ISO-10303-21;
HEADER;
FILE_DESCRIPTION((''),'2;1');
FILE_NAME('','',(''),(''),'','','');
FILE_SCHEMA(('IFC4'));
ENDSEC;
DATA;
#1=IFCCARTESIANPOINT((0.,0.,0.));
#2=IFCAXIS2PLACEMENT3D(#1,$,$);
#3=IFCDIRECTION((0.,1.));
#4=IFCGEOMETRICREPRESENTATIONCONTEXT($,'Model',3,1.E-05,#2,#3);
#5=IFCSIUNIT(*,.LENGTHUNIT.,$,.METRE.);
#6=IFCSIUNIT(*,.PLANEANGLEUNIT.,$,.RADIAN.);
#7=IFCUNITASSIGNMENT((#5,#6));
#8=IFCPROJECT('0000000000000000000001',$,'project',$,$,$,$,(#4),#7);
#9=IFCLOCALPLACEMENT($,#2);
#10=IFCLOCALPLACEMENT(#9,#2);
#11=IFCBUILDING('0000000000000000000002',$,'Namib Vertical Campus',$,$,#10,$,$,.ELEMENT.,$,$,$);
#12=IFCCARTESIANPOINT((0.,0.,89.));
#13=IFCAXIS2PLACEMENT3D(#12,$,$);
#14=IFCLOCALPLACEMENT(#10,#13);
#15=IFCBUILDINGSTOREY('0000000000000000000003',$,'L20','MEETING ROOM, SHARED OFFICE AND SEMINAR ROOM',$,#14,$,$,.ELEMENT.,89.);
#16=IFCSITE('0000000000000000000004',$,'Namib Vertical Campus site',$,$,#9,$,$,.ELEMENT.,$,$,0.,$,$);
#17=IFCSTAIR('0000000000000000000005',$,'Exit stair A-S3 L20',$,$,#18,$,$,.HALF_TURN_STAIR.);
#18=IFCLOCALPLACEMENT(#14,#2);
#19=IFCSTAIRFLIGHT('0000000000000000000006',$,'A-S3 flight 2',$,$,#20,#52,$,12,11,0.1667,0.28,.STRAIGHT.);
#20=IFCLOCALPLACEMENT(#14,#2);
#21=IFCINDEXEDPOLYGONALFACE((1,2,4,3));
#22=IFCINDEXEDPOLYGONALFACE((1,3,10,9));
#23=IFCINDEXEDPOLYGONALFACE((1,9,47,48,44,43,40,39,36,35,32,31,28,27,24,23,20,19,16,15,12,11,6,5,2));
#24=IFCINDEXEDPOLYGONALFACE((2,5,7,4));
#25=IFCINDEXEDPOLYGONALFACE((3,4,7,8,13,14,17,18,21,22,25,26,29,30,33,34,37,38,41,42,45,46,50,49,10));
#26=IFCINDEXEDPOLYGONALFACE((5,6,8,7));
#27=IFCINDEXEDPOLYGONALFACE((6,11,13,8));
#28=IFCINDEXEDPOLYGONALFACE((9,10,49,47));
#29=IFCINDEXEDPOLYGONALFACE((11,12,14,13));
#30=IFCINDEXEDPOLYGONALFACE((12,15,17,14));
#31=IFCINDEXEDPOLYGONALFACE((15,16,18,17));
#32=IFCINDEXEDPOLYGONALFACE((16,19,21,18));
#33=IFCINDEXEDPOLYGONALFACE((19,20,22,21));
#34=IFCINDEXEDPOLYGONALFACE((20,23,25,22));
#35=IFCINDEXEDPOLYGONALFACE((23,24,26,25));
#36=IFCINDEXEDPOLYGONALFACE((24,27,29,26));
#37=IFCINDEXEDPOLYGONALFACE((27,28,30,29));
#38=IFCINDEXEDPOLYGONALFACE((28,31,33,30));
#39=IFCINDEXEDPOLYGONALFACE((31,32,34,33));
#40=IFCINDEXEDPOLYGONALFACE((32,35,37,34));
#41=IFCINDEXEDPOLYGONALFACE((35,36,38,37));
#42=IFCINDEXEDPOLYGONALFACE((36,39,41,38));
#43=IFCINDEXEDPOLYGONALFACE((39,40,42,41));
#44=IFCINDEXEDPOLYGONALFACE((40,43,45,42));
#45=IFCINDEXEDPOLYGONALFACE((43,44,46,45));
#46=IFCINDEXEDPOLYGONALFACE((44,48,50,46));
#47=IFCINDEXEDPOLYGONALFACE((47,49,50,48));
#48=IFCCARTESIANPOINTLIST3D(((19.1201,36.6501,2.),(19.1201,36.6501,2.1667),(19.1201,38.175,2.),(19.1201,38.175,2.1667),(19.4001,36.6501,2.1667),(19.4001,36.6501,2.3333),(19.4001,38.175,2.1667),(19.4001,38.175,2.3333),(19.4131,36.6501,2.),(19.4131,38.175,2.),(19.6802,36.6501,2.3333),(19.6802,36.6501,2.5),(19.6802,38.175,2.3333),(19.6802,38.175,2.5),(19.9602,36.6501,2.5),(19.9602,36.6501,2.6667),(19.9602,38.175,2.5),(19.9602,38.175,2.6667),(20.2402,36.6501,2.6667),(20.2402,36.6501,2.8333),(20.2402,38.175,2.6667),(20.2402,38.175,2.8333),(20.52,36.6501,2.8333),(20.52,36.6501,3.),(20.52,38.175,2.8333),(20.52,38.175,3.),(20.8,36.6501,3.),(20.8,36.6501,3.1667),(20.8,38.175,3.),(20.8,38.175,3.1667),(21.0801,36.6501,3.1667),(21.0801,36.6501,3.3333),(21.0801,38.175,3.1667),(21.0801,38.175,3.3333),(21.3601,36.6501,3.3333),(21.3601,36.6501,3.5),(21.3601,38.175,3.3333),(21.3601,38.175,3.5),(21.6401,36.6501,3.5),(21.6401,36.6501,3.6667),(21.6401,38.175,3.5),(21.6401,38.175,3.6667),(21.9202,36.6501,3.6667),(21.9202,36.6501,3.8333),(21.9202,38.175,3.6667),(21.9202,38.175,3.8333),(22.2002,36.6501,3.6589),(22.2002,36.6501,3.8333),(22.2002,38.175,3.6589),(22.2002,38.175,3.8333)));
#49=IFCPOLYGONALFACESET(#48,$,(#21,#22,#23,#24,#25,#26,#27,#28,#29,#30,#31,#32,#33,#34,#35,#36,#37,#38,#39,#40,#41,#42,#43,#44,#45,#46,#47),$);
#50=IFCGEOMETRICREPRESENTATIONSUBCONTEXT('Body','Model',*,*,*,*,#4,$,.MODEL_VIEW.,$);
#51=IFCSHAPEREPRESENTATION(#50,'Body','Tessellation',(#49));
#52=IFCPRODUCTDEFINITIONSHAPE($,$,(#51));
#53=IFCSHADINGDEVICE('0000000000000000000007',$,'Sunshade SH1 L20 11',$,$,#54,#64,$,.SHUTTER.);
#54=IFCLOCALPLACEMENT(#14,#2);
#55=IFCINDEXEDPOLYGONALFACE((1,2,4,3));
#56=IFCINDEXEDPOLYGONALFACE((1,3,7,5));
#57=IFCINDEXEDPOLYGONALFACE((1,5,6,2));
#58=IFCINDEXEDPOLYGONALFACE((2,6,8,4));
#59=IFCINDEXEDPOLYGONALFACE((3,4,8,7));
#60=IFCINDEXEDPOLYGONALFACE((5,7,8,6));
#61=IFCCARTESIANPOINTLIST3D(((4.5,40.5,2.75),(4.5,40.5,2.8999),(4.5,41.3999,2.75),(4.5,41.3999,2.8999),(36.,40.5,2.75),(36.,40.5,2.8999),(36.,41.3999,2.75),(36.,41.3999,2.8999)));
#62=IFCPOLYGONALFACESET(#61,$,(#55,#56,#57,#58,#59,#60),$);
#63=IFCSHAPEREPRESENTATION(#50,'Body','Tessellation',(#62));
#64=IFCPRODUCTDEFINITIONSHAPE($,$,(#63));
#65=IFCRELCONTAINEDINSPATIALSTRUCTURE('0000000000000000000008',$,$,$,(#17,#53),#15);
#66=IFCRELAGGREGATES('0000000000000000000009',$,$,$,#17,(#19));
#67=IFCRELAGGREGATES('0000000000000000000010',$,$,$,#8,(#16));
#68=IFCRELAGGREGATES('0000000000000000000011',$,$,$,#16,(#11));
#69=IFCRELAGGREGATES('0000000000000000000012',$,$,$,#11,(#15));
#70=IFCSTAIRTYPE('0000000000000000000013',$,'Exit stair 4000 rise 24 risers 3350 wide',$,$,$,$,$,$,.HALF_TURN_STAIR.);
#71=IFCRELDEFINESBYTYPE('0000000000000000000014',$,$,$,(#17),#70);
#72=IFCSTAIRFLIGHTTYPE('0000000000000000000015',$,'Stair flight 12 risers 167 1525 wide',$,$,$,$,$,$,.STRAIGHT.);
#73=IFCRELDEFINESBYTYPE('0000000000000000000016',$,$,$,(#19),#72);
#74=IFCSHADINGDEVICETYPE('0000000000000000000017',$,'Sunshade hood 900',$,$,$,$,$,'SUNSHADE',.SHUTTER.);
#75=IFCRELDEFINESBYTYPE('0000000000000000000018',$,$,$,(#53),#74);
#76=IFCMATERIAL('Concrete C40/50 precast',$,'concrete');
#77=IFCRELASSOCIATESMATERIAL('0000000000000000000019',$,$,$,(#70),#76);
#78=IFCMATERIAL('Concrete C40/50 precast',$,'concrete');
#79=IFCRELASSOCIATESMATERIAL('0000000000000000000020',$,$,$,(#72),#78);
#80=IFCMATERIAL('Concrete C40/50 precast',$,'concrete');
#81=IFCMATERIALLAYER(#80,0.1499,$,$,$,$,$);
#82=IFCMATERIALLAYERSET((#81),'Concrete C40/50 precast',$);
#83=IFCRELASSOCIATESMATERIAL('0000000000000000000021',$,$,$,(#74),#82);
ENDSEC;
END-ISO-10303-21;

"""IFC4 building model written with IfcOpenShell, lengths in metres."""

from ifc_helpers import new_model, si_unit, direction, frame, origin, origin_2d, place, context, subcontext, project, spatial, polyline, rectangle, outline, extrude, material, layer, layer_set, type_object, element, aggregate, save


model = new_model("IFC4")

# Units and contexts
model_context = context("Model", 3, precision=1e-05, world=origin(), true_north=direction((0.0, 1.0)))
body_context = subcontext(model_context, "Body", "Model", "MODEL_VIEW")
ifc_project = project(units=[si_unit("LENGTHUNIT", "METRE"), si_unit("PLANEANGLEUNIT", "RADIAN")], contexts=[model_context])

# Site, building, storey
site_placement = place(None, origin())
site = spatial("IfcSite", under=ifc_project, at=site_placement, Name="Namib Vertical Campus site", CompositionType="ELEMENT", RefElevation=0.0)
building_placement = place(site_placement, origin())
building = spatial("IfcBuilding", under=site, at=building_placement, Name="Namib Vertical Campus", CompositionType="ELEMENT")
storey_placement = place(building_placement, frame((0.0, 0.0, 89.0)))
storey = spatial("IfcBuildingStorey", under=building, at=storey_placement, Name="L20", Description="MEETING ROOM, SHARED OFFICE AND SEMINAR ROOM", CompositionType="ELEMENT", Elevation=89.0)

# Stair, stair flight
ifc_material_1 = material(Name="Concrete C40/50 precast", Category="concrete")
stair_type = type_object("IfcStairType", Name="Exit stair 4000 rise 24 risers 3350 wide", PredefinedType="HALF_TURN_STAIR", material=ifc_material_1)
stair_placement = place(storey_placement, origin())
stair = element("IfcStair", 1, at=stair_placement, inside=storey, type_object=stair_type, Name="Exit stair A-S3 L20", PredefinedType="HALF_TURN_STAIR")
ifc_material_2 = material(Name="Concrete C40/50 precast", Category="concrete")
stair_flight_type = type_object("IfcStairFlightType", Name="Stair flight 12 risers 167 1525 wide", PredefinedType="STRAIGHT", material=ifc_material_2)
stair_flight_1_placement = place(storey_placement, frame((19.1201, 37.4126, 2.0), z_axis=(0.0, 0.0, 1.0), x_axis=(1.0, 0.0, 0.0)))
stair_flight_1 = element("IfcStairFlight", 2, at=stair_flight_1_placement, type_object=stair_flight_type, Name="A-S3 flight 2", NumberOfRisers=12, NumberOfTreads=11, PredefinedType="STRAIGHT", RiserHeight=0.1667, TreadLength=0.28, context=body_context, shape_type="SweptSolid", body=[
    extrude(outline(polyline([(0.0, 0.0), (0.0, 0.1667), (0.28, 0.1667), (0.28, 0.3333), (0.5601, 0.3333), (0.5601, 0.5), (0.8401, 0.5), (0.8401, 0.6667), (1.1201, 0.6667), (1.1201, 0.8333), (1.3999, 0.8333), (1.3999, 1.0), (1.6799, 1.0), (1.6799, 1.1667), (1.96, 1.1667), (1.96, 1.3333), (2.24, 1.3333), (2.24, 1.5), (2.52, 1.5), (2.52, 1.6667), (2.8, 1.6667), (2.8, 1.8333), (3.0801, 1.8333), (3.0801, 2.0), (3.0801, 1.6589), (0.293, 0.0), (0.0, 0.0)])), frame((0.0, 0.7625, 0.0), z_axis=(0.0, -1.0, 0.0), x_axis=(1.0, 0.0, 0.0)), (0.0, 0.0, 1.0), 1.5249),
])
aggregate(stair, [stair_flight_1])

# Shading device
ifc_material_3 = material(Name="Concrete C40/50 precast", Category="concrete")
ifc_layer_1 = layer(ifc_material_3, 0.1499)
ifc_layer_set_1 = layer_set([ifc_layer_1], Name="Concrete C40/50 precast")
shading_device_type = type_object("IfcShadingDeviceType", Name="Sunshade hood 900", ElementType="SUNSHADE", PredefinedType="SHUTTER", material=ifc_layer_set_1)
shading_device_placement = place(storey_placement, frame((20.25, 40.95, 2.75), z_axis=(0.0, 0.0, 1.0), x_axis=(-1.0, 0.0, 0.0)))
element("IfcShadingDevice", 3, at=shading_device_placement, inside=storey, type_object=shading_device_type, Name="Sunshade SH1 L20 11", PredefinedType="SHUTTER", context=body_context, shape_type="SweptSolid", body=[
    extrude(rectangle(XDim=31.5, YDim=0.8999, at=origin_2d()), origin(), (0.0, 0.0, 1.0), 0.1499),
])

save(model, "model.ifc")
